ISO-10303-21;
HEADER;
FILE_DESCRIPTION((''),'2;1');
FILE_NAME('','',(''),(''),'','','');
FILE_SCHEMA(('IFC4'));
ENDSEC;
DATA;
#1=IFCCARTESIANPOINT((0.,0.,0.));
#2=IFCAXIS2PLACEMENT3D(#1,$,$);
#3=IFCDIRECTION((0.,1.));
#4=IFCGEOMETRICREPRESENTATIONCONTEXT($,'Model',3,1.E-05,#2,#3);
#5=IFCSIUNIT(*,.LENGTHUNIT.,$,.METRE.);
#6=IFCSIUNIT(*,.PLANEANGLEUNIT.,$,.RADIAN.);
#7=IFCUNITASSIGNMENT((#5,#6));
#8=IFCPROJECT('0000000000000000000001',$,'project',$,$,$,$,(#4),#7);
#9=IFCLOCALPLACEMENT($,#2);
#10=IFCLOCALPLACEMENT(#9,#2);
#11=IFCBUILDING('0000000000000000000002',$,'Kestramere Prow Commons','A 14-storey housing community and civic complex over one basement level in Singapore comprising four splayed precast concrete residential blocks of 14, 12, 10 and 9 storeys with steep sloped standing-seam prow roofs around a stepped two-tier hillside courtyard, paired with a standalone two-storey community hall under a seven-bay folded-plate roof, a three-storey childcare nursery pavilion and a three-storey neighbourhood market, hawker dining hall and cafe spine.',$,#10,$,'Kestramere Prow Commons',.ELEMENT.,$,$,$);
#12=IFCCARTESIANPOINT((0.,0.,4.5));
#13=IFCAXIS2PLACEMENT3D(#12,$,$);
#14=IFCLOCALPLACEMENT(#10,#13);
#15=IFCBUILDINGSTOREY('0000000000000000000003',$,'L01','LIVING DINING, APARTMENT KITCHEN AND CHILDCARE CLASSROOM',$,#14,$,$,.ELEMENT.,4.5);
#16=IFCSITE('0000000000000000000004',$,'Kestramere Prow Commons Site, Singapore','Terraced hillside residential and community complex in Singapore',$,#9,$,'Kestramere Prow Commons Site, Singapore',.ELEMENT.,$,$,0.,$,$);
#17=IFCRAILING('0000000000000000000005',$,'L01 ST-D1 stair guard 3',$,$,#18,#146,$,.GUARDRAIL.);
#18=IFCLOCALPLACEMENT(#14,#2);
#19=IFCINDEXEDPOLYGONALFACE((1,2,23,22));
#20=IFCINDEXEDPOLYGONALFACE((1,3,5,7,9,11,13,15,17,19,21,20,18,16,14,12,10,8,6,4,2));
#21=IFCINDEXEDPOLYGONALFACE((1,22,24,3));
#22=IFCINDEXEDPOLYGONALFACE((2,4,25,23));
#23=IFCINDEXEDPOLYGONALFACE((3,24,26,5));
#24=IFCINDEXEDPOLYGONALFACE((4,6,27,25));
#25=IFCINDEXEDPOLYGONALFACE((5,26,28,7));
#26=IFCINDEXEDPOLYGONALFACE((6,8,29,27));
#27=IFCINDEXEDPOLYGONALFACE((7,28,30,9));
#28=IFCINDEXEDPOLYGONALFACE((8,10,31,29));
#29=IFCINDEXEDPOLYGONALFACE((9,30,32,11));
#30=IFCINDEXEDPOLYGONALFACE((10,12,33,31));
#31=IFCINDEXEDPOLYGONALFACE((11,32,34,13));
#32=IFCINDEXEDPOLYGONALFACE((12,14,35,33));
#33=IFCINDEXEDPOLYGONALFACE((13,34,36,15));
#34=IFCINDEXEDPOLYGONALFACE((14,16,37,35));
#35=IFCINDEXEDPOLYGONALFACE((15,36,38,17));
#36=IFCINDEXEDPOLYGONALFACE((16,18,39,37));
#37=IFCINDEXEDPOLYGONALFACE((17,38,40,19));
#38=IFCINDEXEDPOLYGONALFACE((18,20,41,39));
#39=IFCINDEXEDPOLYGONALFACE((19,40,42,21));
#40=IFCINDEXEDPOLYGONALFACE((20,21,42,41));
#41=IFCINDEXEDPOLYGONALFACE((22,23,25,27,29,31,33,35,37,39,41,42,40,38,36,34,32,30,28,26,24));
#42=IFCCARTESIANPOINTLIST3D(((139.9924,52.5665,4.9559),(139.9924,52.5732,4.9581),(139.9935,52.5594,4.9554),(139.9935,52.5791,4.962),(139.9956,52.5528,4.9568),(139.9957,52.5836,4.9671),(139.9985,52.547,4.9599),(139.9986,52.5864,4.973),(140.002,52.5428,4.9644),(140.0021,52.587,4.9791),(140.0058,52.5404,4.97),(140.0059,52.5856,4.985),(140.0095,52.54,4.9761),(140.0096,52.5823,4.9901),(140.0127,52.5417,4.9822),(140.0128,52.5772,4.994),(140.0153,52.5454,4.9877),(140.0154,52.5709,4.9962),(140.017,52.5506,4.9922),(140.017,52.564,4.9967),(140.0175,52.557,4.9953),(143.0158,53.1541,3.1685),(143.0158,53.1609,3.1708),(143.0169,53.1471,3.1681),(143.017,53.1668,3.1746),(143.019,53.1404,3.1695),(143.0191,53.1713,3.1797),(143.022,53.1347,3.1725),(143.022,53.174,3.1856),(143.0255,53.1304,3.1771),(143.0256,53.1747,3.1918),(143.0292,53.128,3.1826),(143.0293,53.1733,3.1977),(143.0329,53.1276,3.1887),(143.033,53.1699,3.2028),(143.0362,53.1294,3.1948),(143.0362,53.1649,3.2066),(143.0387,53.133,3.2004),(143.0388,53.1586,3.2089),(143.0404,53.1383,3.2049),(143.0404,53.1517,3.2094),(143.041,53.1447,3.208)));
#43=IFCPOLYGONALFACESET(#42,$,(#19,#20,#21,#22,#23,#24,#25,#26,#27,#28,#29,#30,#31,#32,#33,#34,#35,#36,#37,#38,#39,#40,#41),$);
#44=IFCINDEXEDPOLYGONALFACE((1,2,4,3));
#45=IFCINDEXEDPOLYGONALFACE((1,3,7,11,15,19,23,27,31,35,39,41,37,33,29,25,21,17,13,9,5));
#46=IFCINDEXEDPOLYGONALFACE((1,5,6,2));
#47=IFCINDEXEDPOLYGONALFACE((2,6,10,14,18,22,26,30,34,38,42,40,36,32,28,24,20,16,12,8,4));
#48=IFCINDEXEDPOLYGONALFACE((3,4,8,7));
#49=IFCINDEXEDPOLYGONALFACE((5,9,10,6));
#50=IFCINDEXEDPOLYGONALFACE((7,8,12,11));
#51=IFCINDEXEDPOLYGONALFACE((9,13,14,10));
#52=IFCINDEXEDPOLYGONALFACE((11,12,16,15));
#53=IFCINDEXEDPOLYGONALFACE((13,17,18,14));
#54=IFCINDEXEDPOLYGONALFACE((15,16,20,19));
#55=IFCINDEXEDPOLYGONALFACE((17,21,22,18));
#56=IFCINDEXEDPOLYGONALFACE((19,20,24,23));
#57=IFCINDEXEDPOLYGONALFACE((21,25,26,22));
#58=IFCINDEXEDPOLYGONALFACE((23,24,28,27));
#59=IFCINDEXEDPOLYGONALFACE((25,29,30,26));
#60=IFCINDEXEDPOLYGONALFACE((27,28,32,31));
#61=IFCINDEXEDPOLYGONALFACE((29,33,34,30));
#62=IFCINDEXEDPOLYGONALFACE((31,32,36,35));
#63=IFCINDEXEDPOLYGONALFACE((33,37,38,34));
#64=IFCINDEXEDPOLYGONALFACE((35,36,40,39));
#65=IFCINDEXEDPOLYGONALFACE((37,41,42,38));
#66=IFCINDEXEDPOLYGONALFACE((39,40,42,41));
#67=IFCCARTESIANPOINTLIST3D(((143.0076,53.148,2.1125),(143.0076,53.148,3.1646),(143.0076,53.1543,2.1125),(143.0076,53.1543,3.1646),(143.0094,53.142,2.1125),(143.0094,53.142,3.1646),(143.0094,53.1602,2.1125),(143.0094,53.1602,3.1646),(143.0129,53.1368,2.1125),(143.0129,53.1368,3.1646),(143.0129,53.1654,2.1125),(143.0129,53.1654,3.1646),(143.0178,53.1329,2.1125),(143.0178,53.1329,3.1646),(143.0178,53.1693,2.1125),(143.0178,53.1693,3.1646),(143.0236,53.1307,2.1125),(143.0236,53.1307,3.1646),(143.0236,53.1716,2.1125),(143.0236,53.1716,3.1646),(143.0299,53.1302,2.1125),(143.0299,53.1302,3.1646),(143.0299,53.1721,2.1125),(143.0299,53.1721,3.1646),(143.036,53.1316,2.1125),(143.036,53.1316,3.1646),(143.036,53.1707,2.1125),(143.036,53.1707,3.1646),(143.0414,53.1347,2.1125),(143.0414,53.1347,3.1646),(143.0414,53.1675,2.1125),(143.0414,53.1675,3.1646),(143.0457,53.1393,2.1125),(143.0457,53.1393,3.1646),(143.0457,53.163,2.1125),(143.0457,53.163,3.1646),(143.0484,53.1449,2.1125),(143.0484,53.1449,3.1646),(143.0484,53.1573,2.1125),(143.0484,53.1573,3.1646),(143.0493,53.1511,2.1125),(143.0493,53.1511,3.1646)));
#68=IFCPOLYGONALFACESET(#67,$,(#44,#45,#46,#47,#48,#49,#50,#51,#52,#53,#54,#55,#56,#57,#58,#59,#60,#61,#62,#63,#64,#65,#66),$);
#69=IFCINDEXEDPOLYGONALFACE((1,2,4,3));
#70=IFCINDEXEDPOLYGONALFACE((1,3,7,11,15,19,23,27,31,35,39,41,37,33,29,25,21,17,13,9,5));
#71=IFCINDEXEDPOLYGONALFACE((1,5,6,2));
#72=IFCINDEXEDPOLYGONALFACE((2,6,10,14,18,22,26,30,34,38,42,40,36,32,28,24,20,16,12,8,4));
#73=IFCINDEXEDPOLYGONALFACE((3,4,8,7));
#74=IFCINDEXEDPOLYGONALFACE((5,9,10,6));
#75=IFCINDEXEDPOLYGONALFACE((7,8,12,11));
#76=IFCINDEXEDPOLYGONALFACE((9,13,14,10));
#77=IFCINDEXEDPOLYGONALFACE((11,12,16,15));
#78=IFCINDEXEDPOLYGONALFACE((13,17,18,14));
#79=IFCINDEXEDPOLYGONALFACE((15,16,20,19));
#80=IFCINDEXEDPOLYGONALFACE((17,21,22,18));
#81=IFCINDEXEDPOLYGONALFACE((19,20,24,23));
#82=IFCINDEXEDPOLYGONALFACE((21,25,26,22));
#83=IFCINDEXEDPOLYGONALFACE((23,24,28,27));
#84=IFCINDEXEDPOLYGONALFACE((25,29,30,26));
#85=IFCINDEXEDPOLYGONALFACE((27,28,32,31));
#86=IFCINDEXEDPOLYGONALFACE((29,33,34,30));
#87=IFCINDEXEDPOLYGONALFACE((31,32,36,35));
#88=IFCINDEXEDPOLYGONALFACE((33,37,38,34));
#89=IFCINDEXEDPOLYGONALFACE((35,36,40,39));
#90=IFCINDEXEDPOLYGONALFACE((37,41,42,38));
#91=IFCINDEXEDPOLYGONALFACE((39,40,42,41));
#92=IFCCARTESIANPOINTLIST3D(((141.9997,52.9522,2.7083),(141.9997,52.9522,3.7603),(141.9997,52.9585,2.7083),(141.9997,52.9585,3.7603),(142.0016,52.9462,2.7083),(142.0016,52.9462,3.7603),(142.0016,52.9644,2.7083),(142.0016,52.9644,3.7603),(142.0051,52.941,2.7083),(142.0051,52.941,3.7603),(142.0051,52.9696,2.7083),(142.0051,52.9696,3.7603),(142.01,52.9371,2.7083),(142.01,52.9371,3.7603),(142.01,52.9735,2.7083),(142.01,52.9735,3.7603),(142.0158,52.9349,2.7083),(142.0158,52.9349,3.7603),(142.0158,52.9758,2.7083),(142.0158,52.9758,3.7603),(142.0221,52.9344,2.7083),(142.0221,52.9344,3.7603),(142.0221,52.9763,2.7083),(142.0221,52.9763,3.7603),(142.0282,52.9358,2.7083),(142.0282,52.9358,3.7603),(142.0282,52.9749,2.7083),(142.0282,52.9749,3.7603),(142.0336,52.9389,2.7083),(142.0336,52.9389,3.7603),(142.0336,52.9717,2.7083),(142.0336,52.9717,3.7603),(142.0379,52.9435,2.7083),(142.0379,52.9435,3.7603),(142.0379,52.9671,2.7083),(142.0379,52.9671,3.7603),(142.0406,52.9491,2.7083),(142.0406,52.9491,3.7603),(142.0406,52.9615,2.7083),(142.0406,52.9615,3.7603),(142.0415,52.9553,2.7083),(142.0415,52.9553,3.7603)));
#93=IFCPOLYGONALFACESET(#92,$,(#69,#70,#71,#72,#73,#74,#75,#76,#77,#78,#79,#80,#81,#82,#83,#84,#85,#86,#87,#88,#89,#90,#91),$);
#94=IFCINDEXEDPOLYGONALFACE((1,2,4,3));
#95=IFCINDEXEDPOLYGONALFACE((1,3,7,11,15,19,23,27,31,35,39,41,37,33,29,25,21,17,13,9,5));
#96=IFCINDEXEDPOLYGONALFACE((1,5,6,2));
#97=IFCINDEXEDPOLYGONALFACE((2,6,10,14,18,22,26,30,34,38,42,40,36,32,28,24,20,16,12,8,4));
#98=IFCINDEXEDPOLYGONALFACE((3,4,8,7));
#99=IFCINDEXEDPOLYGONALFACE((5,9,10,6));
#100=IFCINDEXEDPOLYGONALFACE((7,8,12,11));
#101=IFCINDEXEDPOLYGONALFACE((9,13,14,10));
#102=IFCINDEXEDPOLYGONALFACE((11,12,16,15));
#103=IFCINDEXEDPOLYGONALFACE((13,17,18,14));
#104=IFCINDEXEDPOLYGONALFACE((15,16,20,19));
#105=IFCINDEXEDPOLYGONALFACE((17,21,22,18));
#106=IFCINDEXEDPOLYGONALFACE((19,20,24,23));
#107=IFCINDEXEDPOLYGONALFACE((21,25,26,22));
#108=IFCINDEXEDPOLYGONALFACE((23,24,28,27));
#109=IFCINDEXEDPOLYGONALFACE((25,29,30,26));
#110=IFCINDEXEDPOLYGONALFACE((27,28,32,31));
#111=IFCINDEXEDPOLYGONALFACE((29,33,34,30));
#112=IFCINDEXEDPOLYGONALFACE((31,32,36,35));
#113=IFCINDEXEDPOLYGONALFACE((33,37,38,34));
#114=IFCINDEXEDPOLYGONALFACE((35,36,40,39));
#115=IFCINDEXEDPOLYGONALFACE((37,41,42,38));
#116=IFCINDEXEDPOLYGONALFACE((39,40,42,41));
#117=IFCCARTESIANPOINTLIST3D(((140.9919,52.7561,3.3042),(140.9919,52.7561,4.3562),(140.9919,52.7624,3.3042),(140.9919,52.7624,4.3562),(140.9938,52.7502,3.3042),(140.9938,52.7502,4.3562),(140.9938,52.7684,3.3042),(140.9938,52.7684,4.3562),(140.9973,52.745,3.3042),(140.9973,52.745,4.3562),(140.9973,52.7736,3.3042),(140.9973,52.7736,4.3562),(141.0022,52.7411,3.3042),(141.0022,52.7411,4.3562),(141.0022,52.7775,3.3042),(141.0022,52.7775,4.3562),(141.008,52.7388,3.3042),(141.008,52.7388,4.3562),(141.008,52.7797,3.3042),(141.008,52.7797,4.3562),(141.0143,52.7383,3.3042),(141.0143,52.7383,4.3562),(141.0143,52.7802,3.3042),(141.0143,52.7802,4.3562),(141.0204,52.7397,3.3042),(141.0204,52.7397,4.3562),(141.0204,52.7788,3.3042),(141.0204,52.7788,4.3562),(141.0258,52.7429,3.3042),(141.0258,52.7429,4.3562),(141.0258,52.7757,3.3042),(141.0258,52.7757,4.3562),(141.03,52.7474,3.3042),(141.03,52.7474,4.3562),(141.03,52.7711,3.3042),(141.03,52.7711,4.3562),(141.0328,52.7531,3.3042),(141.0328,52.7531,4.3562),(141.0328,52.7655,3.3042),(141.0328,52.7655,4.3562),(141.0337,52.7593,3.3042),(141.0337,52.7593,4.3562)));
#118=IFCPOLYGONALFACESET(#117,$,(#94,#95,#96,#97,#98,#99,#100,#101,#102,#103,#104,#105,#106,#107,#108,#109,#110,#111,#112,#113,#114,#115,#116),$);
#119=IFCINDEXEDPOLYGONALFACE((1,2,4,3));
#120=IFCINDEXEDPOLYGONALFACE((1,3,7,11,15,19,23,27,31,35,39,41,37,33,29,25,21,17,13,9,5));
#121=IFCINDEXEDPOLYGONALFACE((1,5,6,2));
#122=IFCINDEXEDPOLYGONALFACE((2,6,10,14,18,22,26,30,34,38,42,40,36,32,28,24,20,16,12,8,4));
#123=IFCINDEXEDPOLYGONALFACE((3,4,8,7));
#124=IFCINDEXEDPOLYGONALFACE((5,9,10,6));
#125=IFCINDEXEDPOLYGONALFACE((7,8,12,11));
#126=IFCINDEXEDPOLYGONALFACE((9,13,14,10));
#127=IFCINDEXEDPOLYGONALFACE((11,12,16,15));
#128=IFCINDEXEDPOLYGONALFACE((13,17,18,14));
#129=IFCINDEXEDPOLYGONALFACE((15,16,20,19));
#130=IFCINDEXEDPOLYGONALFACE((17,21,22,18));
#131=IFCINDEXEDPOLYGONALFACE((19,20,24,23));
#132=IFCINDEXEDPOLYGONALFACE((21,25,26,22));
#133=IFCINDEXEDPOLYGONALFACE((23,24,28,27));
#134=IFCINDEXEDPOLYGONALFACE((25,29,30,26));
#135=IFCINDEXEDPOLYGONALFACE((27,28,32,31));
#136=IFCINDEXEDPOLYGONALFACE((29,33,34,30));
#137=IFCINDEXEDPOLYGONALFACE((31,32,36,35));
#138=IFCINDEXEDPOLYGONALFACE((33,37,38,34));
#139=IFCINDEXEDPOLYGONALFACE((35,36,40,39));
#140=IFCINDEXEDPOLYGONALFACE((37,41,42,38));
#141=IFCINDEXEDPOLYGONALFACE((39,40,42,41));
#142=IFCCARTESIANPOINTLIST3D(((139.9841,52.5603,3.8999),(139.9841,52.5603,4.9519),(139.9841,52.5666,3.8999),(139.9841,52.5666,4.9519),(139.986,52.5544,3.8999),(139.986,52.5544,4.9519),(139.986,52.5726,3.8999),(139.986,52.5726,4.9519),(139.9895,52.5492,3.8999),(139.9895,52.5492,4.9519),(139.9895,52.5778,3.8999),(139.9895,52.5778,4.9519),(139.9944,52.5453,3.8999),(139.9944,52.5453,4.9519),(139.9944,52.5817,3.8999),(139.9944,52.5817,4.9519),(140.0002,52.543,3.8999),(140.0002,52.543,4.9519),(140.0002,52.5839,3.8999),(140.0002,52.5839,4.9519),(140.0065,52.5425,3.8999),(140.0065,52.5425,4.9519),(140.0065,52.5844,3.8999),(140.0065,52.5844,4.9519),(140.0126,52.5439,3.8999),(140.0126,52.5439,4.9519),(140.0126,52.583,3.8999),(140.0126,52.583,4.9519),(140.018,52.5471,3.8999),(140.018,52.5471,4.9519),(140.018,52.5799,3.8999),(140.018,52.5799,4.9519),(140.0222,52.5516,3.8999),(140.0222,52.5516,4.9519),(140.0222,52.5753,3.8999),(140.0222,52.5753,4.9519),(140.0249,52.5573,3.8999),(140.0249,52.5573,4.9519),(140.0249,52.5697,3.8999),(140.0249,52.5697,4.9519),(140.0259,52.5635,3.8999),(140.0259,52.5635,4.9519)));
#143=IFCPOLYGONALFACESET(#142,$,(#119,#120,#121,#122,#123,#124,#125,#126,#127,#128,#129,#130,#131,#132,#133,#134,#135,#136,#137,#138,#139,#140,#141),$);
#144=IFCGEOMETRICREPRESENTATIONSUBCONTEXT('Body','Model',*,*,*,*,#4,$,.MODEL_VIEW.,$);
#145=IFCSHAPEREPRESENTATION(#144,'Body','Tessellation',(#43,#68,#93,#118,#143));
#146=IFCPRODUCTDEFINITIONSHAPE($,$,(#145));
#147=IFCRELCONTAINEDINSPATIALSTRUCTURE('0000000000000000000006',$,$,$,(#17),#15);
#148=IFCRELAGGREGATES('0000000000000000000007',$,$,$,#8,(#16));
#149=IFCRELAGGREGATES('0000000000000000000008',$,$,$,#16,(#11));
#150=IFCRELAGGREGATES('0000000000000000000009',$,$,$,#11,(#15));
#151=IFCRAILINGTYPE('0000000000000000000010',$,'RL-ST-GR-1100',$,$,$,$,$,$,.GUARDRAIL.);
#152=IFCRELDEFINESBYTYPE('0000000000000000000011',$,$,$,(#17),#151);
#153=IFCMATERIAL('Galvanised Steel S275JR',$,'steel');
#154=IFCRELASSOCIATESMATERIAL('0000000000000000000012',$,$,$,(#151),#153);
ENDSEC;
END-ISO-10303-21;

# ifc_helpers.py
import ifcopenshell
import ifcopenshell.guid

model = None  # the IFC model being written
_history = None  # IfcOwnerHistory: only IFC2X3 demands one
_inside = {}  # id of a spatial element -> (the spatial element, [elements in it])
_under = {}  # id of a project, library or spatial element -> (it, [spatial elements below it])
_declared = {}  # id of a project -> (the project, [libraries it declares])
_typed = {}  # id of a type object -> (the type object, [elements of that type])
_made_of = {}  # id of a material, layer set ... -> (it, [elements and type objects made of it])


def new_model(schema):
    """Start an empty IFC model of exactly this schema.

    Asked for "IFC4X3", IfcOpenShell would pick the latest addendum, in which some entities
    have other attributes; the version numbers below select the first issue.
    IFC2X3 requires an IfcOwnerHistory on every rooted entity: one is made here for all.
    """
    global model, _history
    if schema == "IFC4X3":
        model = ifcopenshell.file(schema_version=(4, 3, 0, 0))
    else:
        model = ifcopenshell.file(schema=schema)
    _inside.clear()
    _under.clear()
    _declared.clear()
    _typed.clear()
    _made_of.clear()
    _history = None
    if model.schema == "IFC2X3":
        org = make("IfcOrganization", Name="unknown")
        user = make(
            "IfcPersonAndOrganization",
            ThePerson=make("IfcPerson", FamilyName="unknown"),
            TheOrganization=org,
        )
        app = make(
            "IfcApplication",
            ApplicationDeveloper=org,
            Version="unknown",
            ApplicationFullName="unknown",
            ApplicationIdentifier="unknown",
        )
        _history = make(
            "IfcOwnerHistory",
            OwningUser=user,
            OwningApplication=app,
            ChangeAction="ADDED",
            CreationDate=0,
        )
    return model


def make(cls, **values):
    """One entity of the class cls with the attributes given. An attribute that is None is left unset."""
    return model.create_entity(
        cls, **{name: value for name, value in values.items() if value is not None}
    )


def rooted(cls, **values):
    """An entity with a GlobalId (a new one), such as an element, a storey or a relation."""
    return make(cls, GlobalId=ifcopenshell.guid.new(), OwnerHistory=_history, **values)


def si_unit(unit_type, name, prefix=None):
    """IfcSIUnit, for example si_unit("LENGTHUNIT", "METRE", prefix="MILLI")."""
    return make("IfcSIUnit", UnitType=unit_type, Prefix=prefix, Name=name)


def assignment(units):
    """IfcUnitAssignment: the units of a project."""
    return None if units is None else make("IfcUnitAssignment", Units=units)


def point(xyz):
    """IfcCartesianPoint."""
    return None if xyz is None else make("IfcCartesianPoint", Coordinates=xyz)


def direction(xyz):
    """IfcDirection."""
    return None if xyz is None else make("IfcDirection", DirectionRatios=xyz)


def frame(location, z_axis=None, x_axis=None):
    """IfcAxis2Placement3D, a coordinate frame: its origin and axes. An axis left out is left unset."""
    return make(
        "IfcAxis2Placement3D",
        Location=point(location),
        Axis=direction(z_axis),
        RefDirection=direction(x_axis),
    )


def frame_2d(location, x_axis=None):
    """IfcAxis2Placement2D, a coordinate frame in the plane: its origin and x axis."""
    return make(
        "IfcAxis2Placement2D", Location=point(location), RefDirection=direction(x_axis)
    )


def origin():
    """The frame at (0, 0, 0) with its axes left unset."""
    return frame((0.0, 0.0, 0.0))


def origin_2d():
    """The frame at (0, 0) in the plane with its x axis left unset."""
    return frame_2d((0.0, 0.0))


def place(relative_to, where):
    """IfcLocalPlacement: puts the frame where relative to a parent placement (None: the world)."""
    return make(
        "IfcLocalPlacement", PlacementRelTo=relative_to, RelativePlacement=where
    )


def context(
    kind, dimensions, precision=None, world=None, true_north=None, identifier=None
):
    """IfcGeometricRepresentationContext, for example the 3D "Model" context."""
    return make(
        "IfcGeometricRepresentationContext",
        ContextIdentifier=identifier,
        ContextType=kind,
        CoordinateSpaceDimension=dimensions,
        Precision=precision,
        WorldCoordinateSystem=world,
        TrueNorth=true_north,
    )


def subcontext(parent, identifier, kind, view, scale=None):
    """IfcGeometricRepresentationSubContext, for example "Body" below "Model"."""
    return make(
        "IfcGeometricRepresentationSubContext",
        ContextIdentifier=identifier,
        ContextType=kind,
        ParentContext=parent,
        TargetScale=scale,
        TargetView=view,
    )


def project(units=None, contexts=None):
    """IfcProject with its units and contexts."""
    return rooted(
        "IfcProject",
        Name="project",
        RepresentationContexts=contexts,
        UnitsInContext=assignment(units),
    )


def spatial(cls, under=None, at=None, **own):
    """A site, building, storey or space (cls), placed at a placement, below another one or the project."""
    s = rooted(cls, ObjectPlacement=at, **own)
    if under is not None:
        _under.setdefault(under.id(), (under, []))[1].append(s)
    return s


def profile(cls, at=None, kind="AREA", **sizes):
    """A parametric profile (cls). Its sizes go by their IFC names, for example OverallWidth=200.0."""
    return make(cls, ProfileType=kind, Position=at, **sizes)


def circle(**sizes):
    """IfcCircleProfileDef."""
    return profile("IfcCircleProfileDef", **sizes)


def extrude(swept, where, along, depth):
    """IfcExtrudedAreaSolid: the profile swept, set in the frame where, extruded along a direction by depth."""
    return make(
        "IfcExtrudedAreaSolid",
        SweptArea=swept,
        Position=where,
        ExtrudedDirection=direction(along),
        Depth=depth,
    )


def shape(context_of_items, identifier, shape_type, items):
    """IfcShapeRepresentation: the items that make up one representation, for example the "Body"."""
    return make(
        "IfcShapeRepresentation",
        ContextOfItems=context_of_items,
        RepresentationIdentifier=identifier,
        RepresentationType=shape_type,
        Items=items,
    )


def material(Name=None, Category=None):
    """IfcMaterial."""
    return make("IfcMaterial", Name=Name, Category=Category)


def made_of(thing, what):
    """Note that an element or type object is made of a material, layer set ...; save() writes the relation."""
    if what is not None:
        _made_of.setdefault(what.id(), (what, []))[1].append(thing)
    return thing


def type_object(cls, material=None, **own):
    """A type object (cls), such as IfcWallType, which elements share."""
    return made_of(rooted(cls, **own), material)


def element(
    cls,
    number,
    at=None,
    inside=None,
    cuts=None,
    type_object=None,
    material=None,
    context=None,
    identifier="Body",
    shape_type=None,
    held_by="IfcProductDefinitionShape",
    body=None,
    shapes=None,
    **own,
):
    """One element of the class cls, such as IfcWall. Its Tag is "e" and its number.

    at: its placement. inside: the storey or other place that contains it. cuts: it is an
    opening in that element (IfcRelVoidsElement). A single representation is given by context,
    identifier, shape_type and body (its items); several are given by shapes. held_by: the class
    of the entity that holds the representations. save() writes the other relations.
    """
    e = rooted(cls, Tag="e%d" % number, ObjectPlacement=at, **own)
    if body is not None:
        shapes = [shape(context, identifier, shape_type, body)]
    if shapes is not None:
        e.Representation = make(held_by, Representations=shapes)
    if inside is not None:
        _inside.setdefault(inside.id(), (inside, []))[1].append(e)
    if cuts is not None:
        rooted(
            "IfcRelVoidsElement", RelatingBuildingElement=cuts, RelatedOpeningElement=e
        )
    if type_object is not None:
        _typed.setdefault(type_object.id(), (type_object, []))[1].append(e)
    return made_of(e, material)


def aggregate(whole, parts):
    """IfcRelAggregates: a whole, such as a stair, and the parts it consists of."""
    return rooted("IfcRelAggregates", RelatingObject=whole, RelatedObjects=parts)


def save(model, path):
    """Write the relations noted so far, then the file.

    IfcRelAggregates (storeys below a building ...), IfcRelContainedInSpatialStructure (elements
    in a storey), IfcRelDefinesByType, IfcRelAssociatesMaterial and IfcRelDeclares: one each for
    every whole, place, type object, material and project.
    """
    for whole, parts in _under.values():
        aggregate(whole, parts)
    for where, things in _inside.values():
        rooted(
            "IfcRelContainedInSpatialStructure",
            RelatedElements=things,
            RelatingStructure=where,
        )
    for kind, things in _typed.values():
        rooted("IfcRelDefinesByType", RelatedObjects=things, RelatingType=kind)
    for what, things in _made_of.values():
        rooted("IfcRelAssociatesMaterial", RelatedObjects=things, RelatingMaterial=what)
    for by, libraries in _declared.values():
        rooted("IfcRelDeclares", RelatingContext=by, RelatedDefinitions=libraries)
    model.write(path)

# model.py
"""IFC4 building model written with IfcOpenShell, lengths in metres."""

from ifc_helpers import new_model, si_unit, direction, frame, origin, origin_2d, place, context, subcontext, project, spatial, circle, extrude, material, type_object, element, save


model = new_model("IFC4")

# Units and contexts
model_context = context("Model", 3, precision=1e-05, world=origin(), true_north=direction((0.0, 1.0)))
body_context = subcontext(model_context, "Body", "Model", "MODEL_VIEW")
ifc_project = project(units=[si_unit("LENGTHUNIT", "METRE"), si_unit("PLANEANGLEUNIT", "RADIAN")], contexts=[model_context])

# Site, building, storey
site_placement = place(None, origin())
site = spatial("IfcSite", under=ifc_project, at=site_placement, Name="Kestramere Prow Commons Site, Singapore", Description="Terraced hillside residential and community complex in Singapore", LongName="Kestramere Prow Commons Site, Singapore", CompositionType="ELEMENT", RefElevation=0.0)
building_placement = place(site_placement, origin())
building = spatial("IfcBuilding", under=site, at=building_placement, Name="Kestramere Prow Commons", Description="A 14-storey housing community and civic complex over one basement level in Singapore comprising four splayed precast concrete residential blocks of 14, 12, 10 and 9 storeys with steep sloped standing-seam prow roofs around a stepped two-tier hillside courtyard, paired with a standalone two-storey community hall under a seven-bay folded-plate roof, a three-storey childcare nursery pavilion and a three-storey neighbourhood market, hawker dining hall and cafe spine.", LongName="Kestramere Prow Commons", CompositionType="ELEMENT")
storey_placement = place(building_placement, frame((0.0, 0.0, 4.5)))
storey = spatial("IfcBuildingStorey", under=building, at=storey_placement, Name="L01", Description="LIVING DINING, APARTMENT KITCHEN AND CHILDCARE CLASSROOM", CompositionType="ELEMENT", Elevation=4.5)

# Railing
ifc_material_1 = material(Name="Galvanised Steel S275JR", Category="steel")
railing_type_1 = type_object("IfcRailingType", Name="RL-ST-GR-1100", PredefinedType="GUARDRAIL", material=ifc_material_1)
railing_1_placement = place(storey_placement, frame((143.0283, 53.1511, 2.1125)))
element("IfcRailing", 1, at=railing_1_placement, inside=storey, type_object=railing_type_1, Name="L01 ST-D1 stair guard 3", PredefinedType="GUARDRAIL", context=body_context, shape_type="SweptSolid", body=[
    extrude(circle(Radius=0.0239, at=origin_2d()), frame((0.0, 0.0, 1.0762), z_axis=(-0.849028, -0.16502, 0.501916), x_axis=(0.190793, -0.98163, 0.0)), (0.0, 0.0, 1.0), 3.561),
    extrude(circle(Radius=0.021, at=origin_2d()), origin(), (0.0, 0.0, 1.0), 1.052),
    extrude(circle(Radius=0.021, at=origin_2d()), frame((-1.0078, -0.1958, 0.5957)), (0.0, 0.0, 1.0), 1.052),
    extrude(circle(Radius=0.021, at=origin_2d()), frame((-2.0156, -0.3918, 1.1917)), (0.0, 0.0, 1.0), 1.052),
    extrude(circle(Radius=0.021, at=origin_2d()), frame((-3.0234, -0.5876, 1.7874)), (0.0, 0.0, 1.0), 1.052),
])

save(model, "model.ifc")
